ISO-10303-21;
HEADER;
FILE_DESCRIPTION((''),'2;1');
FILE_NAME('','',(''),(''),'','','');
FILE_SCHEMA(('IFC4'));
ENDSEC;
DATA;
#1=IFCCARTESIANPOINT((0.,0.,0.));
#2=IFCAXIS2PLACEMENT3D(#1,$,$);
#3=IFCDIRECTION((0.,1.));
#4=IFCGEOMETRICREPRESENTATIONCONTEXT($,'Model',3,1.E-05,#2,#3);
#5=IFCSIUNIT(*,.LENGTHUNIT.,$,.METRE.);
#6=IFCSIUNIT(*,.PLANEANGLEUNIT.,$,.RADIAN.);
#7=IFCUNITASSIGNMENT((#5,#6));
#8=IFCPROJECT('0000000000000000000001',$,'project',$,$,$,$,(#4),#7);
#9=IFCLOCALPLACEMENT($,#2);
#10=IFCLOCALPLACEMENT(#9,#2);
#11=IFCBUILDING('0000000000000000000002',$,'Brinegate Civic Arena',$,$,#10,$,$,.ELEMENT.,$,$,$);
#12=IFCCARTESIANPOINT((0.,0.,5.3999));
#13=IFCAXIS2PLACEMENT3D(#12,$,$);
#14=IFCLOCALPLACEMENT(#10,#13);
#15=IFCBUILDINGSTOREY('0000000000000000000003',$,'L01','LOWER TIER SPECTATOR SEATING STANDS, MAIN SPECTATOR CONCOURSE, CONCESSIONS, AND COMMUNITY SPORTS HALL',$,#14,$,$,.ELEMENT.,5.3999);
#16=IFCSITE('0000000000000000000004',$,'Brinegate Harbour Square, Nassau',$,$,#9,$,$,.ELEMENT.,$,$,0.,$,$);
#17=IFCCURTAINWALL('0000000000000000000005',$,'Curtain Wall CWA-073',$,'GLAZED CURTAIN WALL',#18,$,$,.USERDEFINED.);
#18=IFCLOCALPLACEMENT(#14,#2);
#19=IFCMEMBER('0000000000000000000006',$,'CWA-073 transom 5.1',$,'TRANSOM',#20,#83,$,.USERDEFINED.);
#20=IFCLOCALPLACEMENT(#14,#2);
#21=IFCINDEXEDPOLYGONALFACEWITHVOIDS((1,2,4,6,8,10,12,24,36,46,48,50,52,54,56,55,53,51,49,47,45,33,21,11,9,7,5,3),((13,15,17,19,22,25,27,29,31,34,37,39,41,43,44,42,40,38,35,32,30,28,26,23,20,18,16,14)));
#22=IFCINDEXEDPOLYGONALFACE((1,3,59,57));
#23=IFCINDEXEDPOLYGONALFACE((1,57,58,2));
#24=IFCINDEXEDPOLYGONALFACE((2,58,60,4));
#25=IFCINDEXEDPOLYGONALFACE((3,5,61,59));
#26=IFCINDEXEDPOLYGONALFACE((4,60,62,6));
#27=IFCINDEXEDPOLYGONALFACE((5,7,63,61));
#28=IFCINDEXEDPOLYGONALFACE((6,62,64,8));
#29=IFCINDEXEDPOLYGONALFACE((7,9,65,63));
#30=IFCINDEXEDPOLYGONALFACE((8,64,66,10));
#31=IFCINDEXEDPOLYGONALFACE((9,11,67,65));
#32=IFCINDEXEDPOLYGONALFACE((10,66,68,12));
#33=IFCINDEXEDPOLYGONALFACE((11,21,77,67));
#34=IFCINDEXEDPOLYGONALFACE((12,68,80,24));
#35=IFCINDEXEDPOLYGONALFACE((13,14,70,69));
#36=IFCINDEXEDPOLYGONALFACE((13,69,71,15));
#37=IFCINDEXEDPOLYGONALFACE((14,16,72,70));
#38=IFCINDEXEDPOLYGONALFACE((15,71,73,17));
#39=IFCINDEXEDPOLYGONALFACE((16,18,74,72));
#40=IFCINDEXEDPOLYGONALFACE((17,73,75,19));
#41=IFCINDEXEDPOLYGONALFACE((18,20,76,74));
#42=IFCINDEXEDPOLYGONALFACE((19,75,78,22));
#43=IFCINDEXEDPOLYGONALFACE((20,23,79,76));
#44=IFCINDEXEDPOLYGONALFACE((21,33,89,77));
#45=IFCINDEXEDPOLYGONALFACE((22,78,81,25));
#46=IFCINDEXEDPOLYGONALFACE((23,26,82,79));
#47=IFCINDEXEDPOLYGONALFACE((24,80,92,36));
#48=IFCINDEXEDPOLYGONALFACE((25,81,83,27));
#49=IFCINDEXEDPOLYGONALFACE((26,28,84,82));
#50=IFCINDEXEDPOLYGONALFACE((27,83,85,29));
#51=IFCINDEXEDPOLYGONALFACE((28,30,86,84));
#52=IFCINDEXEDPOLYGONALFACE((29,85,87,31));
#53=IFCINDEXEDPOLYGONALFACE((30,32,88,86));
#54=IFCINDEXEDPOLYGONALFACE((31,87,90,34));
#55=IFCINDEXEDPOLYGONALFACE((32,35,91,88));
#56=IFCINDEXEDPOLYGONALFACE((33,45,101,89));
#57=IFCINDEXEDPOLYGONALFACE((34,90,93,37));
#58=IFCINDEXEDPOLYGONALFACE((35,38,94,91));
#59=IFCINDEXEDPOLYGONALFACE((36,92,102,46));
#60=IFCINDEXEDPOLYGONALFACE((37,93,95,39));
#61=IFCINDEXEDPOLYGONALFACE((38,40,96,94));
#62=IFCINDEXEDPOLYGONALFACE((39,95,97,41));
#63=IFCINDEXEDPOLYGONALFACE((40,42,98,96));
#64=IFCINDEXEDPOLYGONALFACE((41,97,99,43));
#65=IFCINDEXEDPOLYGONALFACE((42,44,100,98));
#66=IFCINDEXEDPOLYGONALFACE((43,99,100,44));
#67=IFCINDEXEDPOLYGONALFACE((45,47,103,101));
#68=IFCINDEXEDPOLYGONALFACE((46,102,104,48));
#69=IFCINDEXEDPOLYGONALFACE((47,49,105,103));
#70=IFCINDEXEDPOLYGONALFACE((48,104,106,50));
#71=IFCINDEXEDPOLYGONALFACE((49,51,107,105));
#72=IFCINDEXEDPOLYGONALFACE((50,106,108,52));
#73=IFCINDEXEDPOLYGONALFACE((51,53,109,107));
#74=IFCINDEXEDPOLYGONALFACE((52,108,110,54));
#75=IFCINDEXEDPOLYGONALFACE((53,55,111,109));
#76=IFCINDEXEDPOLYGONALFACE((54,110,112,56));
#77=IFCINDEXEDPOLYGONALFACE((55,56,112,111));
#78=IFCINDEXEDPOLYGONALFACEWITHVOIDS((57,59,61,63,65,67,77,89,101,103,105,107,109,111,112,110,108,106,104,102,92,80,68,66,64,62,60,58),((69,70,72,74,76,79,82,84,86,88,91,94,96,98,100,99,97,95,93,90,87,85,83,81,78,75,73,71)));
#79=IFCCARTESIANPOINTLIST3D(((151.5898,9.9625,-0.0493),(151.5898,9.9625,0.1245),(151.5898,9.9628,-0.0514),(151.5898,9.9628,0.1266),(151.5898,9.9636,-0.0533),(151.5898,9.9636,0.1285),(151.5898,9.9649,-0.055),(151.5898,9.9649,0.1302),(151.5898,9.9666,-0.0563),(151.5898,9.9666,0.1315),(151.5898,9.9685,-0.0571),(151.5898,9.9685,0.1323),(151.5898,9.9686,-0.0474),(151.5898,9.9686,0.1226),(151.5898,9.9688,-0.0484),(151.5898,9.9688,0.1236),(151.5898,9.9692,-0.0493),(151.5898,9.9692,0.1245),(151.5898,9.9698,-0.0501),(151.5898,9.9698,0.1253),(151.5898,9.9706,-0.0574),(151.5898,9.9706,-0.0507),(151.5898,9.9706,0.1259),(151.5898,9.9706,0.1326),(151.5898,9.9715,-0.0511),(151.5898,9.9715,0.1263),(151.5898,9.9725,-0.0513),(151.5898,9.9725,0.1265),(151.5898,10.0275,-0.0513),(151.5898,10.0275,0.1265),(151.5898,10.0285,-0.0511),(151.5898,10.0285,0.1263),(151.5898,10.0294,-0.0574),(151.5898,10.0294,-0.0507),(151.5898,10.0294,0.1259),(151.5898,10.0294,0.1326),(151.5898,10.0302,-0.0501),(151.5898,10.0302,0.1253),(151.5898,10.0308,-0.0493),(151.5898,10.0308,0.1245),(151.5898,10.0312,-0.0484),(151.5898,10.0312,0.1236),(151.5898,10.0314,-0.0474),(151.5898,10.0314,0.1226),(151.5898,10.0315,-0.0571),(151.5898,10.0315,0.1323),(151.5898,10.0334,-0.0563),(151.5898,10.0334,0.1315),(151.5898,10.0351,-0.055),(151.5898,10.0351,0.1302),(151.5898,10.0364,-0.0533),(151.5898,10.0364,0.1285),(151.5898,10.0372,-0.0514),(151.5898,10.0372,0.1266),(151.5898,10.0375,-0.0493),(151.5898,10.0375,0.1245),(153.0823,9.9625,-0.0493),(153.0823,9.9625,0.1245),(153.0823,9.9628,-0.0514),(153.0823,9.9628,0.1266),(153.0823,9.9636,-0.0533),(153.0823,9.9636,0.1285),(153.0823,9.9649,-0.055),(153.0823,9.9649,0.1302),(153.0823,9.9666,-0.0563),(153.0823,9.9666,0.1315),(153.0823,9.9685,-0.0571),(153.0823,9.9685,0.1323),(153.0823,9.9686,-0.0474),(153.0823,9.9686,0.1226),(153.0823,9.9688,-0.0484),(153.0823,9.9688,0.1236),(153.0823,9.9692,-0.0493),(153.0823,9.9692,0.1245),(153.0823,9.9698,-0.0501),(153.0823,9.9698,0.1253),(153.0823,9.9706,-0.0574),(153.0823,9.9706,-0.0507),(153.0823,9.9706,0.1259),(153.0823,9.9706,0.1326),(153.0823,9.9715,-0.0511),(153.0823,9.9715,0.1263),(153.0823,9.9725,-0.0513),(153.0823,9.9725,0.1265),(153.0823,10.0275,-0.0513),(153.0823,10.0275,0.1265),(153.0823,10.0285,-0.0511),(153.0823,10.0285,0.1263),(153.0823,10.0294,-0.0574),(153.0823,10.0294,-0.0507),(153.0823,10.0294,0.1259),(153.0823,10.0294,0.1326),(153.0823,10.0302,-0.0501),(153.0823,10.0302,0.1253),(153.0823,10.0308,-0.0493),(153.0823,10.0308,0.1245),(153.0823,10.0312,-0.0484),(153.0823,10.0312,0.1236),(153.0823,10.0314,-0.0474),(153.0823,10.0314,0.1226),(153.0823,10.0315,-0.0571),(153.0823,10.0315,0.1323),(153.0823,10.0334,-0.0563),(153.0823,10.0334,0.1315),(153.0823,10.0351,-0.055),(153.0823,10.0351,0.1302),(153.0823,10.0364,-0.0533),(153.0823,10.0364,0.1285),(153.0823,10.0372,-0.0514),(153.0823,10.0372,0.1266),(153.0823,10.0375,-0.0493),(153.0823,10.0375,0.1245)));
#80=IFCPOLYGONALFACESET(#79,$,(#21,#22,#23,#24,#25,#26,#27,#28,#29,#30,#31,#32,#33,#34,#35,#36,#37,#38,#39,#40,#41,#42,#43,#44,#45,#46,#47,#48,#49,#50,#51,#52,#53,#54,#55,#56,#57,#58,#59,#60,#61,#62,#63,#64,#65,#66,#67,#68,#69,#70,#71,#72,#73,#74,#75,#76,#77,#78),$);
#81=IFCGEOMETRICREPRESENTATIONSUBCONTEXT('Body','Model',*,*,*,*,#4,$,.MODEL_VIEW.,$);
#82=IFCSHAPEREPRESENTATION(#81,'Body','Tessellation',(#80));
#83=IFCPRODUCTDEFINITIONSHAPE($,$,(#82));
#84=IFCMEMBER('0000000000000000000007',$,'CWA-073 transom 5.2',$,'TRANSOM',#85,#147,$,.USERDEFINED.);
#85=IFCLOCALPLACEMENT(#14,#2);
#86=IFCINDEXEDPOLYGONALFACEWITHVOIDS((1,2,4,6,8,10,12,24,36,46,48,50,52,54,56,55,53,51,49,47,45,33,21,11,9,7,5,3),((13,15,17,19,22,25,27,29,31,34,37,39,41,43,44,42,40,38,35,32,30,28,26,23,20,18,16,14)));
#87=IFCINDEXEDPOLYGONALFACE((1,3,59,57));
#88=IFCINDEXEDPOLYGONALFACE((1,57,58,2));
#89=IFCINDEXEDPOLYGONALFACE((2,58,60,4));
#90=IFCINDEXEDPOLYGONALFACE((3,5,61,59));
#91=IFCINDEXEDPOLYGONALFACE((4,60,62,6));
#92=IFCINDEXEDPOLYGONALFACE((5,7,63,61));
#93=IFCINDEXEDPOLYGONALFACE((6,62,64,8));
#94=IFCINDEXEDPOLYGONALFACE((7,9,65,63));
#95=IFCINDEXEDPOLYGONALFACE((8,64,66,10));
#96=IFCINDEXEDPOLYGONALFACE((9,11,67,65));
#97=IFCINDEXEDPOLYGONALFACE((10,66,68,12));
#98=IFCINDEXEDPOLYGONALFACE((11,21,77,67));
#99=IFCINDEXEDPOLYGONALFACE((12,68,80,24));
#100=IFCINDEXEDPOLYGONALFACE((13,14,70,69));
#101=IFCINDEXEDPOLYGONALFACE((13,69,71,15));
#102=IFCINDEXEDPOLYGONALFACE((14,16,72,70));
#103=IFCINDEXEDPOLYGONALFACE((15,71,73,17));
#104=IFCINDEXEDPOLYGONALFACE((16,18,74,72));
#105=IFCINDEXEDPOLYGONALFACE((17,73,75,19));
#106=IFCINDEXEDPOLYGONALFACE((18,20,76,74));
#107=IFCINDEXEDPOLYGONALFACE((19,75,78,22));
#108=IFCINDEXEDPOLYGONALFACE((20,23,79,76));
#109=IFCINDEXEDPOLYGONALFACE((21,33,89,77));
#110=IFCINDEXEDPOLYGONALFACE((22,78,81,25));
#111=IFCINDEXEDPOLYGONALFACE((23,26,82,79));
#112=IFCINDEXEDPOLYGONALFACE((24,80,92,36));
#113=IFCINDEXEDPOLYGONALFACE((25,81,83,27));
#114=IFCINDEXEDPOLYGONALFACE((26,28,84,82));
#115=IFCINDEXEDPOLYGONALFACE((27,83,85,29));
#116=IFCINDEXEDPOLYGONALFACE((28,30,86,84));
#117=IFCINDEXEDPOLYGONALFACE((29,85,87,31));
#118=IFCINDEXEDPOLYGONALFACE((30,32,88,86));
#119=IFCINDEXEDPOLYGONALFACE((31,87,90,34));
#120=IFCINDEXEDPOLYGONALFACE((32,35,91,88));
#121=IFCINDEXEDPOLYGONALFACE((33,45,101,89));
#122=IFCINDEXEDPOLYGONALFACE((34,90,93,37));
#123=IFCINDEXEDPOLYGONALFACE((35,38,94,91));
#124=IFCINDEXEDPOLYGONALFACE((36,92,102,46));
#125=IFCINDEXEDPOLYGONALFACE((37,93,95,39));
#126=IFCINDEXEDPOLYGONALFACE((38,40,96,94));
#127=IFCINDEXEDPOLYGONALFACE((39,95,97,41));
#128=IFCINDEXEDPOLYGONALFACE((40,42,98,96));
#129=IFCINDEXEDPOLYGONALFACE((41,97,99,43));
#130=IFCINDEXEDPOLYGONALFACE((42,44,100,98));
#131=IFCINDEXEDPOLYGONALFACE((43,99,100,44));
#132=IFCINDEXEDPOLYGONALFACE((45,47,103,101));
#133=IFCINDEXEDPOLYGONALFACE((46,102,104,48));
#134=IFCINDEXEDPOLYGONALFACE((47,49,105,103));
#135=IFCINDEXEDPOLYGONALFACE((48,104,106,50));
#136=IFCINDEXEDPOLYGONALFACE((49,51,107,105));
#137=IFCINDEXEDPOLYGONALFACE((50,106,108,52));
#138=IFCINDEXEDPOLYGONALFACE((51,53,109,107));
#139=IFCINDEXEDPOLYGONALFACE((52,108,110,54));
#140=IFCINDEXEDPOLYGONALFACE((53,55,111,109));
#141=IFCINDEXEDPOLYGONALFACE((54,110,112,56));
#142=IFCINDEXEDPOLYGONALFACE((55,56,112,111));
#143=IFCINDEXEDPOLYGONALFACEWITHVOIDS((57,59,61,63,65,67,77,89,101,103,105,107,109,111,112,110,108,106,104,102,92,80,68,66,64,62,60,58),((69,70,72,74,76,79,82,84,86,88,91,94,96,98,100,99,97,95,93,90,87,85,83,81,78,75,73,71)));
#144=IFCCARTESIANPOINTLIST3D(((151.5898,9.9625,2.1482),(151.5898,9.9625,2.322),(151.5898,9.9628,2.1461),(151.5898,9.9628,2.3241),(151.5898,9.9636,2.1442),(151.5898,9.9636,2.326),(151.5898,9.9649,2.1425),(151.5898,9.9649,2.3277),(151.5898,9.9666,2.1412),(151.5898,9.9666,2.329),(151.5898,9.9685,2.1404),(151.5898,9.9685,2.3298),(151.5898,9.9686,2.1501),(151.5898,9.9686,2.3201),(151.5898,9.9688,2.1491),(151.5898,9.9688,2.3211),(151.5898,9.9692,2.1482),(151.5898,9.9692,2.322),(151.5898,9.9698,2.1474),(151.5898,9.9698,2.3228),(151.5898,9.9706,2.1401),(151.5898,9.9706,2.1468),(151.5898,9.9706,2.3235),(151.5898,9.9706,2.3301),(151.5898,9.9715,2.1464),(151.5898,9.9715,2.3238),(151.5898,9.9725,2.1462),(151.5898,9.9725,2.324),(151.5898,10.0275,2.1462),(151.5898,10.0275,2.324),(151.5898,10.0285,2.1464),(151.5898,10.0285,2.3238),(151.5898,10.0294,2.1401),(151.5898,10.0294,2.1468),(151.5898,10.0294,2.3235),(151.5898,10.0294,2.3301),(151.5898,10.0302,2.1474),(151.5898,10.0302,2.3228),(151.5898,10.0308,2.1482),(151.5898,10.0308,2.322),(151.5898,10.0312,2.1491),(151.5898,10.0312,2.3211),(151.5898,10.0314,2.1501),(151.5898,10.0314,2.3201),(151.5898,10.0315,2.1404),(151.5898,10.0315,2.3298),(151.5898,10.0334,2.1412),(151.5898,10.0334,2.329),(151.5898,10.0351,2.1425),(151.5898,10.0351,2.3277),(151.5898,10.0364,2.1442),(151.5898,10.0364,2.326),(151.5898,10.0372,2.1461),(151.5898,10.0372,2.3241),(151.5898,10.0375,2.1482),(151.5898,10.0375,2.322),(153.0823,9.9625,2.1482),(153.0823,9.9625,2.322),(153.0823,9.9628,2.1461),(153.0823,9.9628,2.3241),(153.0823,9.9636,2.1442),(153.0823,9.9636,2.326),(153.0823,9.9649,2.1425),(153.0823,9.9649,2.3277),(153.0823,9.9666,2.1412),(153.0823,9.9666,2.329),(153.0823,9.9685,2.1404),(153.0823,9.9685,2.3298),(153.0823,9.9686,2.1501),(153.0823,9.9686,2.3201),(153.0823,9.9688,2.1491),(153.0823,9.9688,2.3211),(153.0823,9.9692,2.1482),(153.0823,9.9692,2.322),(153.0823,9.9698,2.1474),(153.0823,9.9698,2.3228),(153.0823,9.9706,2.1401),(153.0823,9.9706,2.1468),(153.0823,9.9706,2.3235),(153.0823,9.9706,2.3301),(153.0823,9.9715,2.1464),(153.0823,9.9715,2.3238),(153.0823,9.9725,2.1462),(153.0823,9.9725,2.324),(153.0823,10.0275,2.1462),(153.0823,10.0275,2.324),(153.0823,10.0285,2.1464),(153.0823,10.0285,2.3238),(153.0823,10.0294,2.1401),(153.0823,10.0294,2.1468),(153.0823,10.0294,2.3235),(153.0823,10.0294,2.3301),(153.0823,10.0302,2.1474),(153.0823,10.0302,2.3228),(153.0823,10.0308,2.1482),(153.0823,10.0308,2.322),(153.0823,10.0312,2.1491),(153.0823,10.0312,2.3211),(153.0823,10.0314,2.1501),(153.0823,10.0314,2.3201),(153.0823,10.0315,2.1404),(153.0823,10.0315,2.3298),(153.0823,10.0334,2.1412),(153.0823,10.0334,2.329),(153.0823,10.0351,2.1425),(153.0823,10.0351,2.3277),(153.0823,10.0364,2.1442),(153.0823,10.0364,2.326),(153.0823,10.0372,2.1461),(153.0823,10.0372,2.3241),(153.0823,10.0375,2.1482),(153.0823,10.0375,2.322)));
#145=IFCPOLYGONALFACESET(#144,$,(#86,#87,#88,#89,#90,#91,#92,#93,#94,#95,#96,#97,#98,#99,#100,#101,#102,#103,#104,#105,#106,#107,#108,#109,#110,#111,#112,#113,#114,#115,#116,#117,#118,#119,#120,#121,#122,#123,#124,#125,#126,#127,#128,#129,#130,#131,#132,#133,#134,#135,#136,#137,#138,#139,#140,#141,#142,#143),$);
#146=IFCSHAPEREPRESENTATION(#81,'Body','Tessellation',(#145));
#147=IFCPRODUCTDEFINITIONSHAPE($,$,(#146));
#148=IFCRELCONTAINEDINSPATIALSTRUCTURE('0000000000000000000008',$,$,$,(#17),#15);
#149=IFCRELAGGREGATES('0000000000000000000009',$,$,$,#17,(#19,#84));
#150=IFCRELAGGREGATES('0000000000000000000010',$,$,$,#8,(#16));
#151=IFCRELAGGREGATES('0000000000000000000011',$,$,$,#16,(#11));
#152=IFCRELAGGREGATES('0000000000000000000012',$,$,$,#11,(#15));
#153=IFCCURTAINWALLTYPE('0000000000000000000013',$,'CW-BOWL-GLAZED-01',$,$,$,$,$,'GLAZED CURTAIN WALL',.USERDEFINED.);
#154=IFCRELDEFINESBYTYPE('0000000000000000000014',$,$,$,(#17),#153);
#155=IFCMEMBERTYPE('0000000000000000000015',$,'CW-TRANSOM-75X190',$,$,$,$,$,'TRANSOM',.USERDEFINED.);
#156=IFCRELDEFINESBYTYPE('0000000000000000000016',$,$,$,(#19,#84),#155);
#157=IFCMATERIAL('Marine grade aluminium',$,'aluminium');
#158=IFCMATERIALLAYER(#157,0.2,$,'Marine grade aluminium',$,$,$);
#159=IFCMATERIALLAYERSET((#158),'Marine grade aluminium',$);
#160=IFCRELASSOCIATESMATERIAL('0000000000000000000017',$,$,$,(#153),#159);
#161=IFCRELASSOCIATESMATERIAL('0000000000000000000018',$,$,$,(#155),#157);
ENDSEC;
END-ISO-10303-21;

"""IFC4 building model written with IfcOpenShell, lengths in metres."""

from ifc_helpers import new_model, si_unit, direction, frame, origin, origin_2d, place, context, subcontext, project, spatial, hollow_rectangle, extrude, material, layer, layer_set, material_profile, profile_set, type_object, element, aggregate, save


model = new_model("IFC4")

# Units and contexts
model_context = context("Model", 3, precision=1e-05, world=origin(), true_north=direction((0.0, 1.0)))
body_context = subcontext(model_context, "Body", "Model", "MODEL_VIEW")
ifc_project = project(units=[si_unit("LENGTHUNIT", "METRE"), si_unit("PLANEANGLEUNIT", "RADIAN")], contexts=[model_context])

# Site, building, storey
site_placement = place(None, origin())
site = spatial("IfcSite", under=ifc_project, at=site_placement, Name="Brinegate Harbour Square, Nassau", CompositionType="ELEMENT", RefElevation=0.0)
building_placement = place(site_placement, origin())
building = spatial("IfcBuilding", under=site, at=building_placement, Name="Brinegate Civic Arena", CompositionType="ELEMENT")
storey_placement = place(building_placement, frame((0.0, 0.0, 5.3999)))
storey = spatial("IfcBuildingStorey", under=building, at=storey_placement, Name="L01", Description="LOWER TIER SPECTATOR SEATING STANDS, MAIN SPECTATOR CONCOURSE, CONCESSIONS, AND COMMUNITY SPORTS HALL", CompositionType="ELEMENT", Elevation=5.3999)

# Curtain wall, members
ifc_material_1 = material(Name="Marine grade aluminium", Category="aluminium")
ifc_layer_1 = layer(ifc_material_1, 0.2, Name="Marine grade aluminium")
ifc_layer_set_1 = layer_set([ifc_layer_1], Name="Marine grade aluminium")
curtain_wall_type = type_object("IfcCurtainWallType", Name="CW-BOWL-GLAZED-01", ElementType="GLAZED CURTAIN WALL", PredefinedType="USERDEFINED", material=ifc_layer_set_1)
curtain_wall_placement = place(storey_placement, origin())
curtain_wall = element("IfcCurtainWall", 1, at=curtain_wall_placement, inside=storey, type_object=curtain_wall_type, Name="Curtain Wall CWA-073", ObjectType="GLAZED CURTAIN WALL", PredefinedType="USERDEFINED")
ifc_material_profile_1 = material_profile(ifc_material_1, hollow_rectangle(XDim=0.075, YDim=0.1899, WallThickness=0.0061, InnerFilletRadius=0.0039, OuterFilletRadius=0.0081, at=origin_2d()), Name="TRN75X190")
ifc_profile_set_1 = profile_set([ifc_material_profile_1], Name="Marine grade aluminium")
member_type_1 = type_object("IfcMemberType", Name="CW-TRANSOM-75X190", ElementType="TRANSOM", PredefinedType="USERDEFINED", material=ifc_profile_set_1)
member_1_placement = place(storey_placement, frame((151.5898, 10.0, 0.0376), z_axis=(1.0, 0.0, 0.0), x_axis=(0.0, 1.0, 0.0)))
member_1 = element("IfcMember", 2, at=member_1_placement, type_object=member_type_1, Name="CWA-073 transom 5.1", ObjectType="TRANSOM", PredefinedType="USERDEFINED", context=body_context, shape_type="SweptSolid", body=[
    extrude(hollow_rectangle(XDim=0.075, YDim=0.1899, WallThickness=0.0061, InnerFilletRadius=0.0039, OuterFilletRadius=0.0081, at=origin_2d()), origin(), (0.0, 0.0, 1.0), 1.4924),
])
member_2_placement = place(storey_placement, frame((151.5898, 10.0, 2.2351), z_axis=(1.0, 0.0, 0.0), x_axis=(0.0, 1.0, 0.0)))
member_2 = element("IfcMember", 3, at=member_2_placement, type_object=member_type_1, Name="CWA-073 transom 5.2", ObjectType="TRANSOM", PredefinedType="USERDEFINED", context=body_context, shape_type="SweptSolid", body=[
    extrude(hollow_rectangle(XDim=0.075, YDim=0.1899, WallThickness=0.0061, InnerFilletRadius=0.0039, OuterFilletRadius=0.0081, at=origin_2d()), origin(), (0.0, 0.0, 1.0), 1.4924),
])

aggregate(curtain_wall, [member_1, member_2])

save(model, "model.ifc")
